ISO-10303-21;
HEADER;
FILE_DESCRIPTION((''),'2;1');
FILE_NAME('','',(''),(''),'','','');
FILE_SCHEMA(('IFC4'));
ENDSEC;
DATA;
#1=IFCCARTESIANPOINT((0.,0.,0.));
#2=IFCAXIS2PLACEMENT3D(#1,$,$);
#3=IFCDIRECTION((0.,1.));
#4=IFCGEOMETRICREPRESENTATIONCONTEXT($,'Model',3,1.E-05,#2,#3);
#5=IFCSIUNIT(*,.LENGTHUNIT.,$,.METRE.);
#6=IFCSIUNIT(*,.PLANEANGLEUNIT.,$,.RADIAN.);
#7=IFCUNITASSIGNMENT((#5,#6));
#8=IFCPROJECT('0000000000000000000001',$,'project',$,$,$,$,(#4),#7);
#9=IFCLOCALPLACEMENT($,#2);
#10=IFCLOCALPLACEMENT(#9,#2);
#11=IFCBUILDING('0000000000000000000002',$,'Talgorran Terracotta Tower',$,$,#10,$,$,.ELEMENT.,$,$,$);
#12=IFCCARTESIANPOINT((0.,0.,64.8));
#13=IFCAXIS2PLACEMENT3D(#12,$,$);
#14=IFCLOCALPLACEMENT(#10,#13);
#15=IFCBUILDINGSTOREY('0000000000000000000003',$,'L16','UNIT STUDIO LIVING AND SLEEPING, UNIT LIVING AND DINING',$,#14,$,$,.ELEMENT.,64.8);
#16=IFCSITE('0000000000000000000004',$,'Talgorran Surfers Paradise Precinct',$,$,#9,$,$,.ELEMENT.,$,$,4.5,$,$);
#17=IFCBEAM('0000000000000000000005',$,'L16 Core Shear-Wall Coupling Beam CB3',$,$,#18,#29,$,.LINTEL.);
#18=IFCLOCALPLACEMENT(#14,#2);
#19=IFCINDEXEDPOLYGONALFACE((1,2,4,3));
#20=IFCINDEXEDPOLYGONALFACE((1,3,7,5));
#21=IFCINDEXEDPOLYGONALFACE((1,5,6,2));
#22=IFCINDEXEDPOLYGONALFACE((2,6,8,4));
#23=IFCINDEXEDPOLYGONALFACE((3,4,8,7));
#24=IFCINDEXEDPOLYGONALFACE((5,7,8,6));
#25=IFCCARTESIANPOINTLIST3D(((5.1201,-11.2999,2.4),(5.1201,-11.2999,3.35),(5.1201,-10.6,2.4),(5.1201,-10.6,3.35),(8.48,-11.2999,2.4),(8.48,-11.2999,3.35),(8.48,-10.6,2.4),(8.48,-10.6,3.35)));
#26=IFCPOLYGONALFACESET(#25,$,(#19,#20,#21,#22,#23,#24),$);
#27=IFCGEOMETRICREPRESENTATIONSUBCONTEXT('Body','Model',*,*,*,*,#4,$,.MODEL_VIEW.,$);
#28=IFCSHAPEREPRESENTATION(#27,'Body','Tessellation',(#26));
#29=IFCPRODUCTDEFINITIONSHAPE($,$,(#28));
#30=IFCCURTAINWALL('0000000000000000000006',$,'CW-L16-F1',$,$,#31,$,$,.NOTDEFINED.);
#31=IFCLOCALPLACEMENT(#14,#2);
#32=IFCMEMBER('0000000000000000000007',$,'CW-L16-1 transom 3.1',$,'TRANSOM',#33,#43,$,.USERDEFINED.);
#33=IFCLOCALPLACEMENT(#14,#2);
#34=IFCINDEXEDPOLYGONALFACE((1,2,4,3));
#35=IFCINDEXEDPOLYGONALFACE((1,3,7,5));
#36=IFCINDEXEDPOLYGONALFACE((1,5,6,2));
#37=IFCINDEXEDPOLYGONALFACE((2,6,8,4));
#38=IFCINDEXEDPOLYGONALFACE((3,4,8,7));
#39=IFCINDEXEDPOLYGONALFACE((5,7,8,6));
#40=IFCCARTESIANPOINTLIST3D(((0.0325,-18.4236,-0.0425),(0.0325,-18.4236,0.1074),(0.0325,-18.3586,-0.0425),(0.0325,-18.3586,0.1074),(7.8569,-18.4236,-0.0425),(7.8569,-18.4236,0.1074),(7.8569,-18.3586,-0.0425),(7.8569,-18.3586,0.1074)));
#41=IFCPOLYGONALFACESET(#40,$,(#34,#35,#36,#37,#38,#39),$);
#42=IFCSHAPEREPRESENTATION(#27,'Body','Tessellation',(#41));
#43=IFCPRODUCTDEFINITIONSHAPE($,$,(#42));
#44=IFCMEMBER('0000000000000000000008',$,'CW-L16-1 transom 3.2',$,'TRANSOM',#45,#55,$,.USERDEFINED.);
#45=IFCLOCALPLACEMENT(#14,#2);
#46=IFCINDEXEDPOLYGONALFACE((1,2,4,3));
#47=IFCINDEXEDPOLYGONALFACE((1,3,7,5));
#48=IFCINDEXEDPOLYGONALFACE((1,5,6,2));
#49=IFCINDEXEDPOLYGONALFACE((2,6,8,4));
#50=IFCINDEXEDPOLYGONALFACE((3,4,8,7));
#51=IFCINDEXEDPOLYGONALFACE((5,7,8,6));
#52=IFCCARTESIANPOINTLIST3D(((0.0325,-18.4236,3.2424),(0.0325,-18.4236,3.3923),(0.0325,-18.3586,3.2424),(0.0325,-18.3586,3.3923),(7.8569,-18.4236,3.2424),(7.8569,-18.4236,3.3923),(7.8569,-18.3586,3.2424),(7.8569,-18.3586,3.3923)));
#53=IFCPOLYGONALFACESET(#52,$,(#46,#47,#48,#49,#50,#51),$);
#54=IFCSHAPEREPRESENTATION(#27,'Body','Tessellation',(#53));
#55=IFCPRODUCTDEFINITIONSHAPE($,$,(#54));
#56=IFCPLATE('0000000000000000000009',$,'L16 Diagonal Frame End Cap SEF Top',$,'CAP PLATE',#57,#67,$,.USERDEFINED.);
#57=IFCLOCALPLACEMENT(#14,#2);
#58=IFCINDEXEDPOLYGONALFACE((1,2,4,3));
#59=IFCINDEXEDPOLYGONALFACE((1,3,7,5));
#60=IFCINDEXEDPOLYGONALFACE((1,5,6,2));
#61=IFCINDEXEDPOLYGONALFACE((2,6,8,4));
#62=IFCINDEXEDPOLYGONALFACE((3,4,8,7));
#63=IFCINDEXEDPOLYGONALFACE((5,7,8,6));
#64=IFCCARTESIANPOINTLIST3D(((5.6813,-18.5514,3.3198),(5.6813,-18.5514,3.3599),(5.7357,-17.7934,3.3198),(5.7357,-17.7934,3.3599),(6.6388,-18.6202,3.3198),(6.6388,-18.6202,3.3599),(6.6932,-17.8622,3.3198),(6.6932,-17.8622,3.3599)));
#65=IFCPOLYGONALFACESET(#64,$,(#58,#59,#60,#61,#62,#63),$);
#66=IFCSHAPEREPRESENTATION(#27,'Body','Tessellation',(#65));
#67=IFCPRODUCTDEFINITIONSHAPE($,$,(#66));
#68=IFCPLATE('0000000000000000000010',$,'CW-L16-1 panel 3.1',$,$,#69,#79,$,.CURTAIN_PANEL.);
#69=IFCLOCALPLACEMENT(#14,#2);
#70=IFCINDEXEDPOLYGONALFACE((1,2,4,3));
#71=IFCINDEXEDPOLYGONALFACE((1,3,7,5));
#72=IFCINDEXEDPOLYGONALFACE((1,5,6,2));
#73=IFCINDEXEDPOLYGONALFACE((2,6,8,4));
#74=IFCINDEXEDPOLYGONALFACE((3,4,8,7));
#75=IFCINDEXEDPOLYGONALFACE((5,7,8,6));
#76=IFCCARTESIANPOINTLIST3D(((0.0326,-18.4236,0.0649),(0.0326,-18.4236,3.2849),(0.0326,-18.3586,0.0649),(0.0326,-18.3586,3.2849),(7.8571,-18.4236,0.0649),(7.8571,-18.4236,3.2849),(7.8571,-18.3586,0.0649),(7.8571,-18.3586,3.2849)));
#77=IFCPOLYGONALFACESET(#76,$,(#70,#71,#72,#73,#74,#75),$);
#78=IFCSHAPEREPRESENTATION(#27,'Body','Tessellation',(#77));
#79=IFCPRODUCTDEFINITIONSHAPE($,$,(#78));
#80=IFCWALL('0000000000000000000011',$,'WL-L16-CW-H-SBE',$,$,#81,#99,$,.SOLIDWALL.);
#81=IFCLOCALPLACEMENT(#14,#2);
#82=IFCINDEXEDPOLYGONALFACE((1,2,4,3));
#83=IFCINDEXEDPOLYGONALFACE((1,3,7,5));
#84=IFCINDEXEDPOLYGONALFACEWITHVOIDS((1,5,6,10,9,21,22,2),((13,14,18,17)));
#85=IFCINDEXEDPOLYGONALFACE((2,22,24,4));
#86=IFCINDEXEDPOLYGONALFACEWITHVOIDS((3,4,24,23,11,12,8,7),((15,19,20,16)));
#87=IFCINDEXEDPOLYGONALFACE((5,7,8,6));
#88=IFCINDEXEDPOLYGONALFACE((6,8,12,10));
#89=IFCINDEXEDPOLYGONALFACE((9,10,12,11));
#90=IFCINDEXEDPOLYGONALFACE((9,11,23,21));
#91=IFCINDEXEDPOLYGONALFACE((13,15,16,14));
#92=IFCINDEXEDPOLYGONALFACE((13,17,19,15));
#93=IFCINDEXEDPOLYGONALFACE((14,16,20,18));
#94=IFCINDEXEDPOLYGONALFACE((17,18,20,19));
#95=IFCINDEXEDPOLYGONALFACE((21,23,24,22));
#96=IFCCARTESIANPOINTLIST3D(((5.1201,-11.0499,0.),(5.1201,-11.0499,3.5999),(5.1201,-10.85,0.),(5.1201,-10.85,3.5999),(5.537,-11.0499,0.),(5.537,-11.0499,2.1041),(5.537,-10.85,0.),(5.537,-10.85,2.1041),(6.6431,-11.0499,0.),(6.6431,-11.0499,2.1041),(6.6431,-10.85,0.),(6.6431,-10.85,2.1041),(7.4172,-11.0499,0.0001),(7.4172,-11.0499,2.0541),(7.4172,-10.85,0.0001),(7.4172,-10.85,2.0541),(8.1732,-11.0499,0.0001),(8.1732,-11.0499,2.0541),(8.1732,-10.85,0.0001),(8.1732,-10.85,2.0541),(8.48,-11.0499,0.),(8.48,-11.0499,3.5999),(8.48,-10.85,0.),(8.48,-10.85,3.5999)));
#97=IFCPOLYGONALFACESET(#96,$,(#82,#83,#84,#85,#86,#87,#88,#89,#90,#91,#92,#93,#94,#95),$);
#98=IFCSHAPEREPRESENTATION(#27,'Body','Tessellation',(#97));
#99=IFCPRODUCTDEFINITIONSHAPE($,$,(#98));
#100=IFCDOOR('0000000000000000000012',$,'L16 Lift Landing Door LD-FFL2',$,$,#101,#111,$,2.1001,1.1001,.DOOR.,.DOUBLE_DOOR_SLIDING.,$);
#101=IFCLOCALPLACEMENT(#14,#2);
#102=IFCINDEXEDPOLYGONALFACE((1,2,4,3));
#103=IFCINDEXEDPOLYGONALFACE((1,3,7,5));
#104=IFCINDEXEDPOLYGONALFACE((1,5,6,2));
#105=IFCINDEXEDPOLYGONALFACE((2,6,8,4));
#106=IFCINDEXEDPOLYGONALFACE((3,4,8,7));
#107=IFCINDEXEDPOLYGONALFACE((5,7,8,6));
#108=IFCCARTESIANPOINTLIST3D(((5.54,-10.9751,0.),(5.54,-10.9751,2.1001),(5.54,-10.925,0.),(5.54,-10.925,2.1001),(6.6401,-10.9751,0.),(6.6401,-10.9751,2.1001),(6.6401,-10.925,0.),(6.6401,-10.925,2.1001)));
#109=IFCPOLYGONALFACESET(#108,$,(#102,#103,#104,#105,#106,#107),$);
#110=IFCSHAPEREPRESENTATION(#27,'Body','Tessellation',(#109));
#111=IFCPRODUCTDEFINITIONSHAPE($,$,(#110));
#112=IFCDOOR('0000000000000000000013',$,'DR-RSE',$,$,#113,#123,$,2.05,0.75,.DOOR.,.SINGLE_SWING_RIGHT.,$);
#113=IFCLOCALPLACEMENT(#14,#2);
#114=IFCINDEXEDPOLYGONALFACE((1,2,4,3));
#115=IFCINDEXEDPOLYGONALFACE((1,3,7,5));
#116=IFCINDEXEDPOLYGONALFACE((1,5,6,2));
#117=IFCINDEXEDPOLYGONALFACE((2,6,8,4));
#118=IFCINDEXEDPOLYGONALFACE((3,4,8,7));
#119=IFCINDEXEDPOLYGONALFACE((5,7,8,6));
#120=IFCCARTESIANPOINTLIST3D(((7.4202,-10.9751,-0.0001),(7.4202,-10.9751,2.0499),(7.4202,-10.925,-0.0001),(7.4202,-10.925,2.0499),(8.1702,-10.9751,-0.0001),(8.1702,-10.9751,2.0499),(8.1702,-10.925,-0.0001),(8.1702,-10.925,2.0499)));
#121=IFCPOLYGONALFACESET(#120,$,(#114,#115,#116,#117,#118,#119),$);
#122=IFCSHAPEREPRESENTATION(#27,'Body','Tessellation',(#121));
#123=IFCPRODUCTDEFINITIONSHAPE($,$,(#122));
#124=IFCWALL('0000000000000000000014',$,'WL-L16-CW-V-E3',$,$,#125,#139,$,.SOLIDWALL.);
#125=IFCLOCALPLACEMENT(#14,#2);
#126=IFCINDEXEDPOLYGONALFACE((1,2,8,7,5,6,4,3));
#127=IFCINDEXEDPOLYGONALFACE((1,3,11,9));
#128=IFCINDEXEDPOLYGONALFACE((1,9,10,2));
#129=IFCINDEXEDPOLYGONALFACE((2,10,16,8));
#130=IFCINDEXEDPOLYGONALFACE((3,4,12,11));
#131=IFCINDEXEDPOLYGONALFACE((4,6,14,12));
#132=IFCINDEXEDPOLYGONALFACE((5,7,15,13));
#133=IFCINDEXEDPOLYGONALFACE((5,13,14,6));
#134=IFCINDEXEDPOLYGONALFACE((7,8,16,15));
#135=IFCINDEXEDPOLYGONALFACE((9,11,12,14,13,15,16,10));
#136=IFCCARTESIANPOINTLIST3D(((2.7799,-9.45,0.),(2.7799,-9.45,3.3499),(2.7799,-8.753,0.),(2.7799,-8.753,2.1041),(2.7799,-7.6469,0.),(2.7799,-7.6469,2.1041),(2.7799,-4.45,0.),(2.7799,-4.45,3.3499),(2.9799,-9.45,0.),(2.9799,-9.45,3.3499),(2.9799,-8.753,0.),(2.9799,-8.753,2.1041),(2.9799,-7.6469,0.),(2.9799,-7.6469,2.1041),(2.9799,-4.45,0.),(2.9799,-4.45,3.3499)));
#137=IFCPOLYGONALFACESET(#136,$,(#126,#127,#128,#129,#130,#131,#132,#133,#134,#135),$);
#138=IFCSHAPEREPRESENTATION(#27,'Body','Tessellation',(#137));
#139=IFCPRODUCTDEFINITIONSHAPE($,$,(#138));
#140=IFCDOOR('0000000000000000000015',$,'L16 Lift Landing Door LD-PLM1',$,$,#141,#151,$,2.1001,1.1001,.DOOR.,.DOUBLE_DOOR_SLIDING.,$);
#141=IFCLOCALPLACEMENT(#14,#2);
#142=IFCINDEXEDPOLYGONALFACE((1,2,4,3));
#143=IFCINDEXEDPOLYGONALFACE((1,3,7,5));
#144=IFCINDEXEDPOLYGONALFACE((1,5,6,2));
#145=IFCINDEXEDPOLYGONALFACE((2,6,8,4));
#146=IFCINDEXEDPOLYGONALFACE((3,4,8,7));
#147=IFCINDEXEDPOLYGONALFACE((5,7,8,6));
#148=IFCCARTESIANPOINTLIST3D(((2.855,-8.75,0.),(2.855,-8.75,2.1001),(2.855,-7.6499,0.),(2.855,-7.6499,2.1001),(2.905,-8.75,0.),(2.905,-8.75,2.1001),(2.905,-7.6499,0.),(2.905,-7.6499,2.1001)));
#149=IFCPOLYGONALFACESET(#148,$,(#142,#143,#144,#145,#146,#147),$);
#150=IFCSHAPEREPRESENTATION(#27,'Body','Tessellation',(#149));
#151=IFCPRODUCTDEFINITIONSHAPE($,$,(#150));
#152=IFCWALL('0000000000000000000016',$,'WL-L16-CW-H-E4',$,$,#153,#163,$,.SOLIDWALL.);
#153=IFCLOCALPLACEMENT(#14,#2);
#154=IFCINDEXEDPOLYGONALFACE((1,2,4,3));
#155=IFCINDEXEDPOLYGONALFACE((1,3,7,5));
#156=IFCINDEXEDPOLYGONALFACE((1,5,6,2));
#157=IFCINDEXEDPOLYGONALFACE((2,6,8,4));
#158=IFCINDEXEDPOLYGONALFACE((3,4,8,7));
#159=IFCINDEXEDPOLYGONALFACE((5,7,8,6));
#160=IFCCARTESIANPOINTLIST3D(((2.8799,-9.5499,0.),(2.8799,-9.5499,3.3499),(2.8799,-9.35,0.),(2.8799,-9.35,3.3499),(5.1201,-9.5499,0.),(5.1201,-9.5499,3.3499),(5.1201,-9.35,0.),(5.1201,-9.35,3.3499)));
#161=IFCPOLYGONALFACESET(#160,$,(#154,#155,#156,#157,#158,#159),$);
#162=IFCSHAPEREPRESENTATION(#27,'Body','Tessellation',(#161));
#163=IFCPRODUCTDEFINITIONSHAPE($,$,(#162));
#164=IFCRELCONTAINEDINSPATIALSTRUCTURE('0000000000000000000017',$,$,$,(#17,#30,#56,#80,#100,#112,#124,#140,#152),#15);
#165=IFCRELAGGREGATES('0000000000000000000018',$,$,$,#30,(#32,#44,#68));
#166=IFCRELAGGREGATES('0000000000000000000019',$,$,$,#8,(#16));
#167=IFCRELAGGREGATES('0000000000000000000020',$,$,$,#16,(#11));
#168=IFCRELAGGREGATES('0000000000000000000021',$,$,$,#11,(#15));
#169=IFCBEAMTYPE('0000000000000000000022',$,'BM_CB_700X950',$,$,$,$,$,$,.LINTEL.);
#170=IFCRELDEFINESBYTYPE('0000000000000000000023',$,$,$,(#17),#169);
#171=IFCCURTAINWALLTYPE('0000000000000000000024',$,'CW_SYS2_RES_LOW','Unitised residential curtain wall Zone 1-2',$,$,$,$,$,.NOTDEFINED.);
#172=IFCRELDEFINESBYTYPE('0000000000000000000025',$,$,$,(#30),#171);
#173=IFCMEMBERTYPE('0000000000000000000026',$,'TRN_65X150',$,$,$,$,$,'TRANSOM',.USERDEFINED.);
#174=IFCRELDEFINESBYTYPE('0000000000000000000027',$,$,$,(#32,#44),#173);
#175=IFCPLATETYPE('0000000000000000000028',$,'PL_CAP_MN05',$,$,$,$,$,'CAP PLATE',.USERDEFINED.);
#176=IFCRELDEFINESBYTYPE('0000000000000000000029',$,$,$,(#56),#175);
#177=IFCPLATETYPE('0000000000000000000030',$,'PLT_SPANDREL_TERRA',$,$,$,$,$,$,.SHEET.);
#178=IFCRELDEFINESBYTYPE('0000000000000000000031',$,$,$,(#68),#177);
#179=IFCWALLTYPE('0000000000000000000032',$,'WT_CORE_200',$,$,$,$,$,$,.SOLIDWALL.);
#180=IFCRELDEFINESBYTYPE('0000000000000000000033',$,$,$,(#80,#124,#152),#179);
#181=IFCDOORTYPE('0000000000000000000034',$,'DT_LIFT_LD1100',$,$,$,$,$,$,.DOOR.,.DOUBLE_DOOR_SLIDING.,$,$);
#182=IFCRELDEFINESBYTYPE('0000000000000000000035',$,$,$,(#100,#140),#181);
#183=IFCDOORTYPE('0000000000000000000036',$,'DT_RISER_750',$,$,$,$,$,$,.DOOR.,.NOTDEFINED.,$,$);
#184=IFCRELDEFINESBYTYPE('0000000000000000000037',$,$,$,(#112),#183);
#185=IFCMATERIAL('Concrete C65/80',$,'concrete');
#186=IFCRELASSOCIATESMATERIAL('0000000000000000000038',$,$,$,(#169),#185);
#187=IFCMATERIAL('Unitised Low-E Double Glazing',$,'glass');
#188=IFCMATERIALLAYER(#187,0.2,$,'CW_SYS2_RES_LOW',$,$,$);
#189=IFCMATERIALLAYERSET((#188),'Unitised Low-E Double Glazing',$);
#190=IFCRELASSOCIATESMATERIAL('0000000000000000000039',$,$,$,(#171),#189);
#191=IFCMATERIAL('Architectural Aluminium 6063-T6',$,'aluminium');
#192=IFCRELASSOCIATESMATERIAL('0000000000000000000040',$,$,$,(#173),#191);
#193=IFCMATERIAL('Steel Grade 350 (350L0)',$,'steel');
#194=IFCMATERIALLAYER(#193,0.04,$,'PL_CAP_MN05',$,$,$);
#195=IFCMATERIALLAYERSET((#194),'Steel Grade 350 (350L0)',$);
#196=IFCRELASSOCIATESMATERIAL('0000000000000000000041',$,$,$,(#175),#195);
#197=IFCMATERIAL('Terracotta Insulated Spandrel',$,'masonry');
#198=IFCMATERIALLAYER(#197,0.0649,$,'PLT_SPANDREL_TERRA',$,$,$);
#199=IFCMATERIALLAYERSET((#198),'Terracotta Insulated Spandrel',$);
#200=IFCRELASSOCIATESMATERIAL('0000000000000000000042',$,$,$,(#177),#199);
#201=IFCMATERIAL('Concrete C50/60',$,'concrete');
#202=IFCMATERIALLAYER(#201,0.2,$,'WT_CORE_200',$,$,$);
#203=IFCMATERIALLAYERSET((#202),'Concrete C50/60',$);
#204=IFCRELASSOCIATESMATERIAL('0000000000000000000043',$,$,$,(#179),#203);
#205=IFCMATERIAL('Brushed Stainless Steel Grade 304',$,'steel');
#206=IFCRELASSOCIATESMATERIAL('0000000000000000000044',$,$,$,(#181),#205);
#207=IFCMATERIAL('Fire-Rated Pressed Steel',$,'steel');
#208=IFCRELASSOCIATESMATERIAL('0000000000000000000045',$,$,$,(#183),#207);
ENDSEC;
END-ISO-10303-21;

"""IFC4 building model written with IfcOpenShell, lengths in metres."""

from ifc_helpers import new_model, si_unit, direction, frame, frame_2d, origin, origin_2d, place, context, subcontext, project, spatial, rectangle, extrude, source, transform, mapped, material, layer, layer_set, material_profile, profile_set, type_object, type_shapes, element, fill, aggregate, save


model = new_model("IFC4")

# Units and contexts
model_context = context("Model", 3, precision=1e-05, world=origin(), true_north=direction((0.0, 1.0)))
body_context = subcontext(model_context, "Body", "Model", "MODEL_VIEW")
ifc_project = project(units=[si_unit("LENGTHUNIT", "METRE"), si_unit("PLANEANGLEUNIT", "RADIAN")], contexts=[model_context])

# Site, building, storey
site_placement = place(None, origin())
site = spatial("IfcSite", under=ifc_project, at=site_placement, Name="Talgorran Surfers Paradise Precinct", CompositionType="ELEMENT", RefElevation=4.5)
building_placement = place(site_placement, origin())
building = spatial("IfcBuilding", under=site, at=building_placement, Name="Talgorran Terracotta Tower", CompositionType="ELEMENT")
storey_placement = place(building_placement, frame((0.0, 0.0, 64.8)))
storey = spatial("IfcBuildingStorey", under=building, at=storey_placement, Name="L16", Description="UNIT STUDIO LIVING AND SLEEPING, UNIT LIVING AND DINING", CompositionType="ELEMENT", Elevation=64.8)

# Beam
ifc_material_1 = material(Name="Concrete C65/80", Category="concrete")
ifc_material_profile_1 = material_profile(ifc_material_1, rectangle(XDim=0.7, YDim=0.95, at=origin_2d()), Name="RCCB700X950")
ifc_profile_set_1 = profile_set([ifc_material_profile_1], Name="Concrete C65/80")
beam_type = type_object("IfcBeamType", Name="BM_CB_700X950", PredefinedType="LINTEL", material=ifc_profile_set_1)
beam_placement = place(storey_placement, frame((5.1201, -10.95, 2.875), z_axis=(1.0, 0.0, 0.0), x_axis=(0.0, 1.0, 0.0)))
element("IfcBeam", 1, at=beam_placement, inside=storey, type_object=beam_type, Name="L16 Core Shear-Wall Coupling Beam CB3", PredefinedType="LINTEL", context=body_context, shape_type="SweptSolid", body=[
    extrude(rectangle(XDim=0.7, YDim=0.95, at=origin_2d()), origin(), (0.0, 0.0, 1.0), 3.3599),
])

# Curtain wall, members
ifc_material_2 = material(Name="Unitised Low-E Double Glazing", Category="glass")
ifc_layer_1 = layer(ifc_material_2, 0.2, Name="CW_SYS2_RES_LOW")
ifc_layer_set_1 = layer_set([ifc_layer_1], Name="Unitised Low-E Double Glazing")
curtain_wall_type = type_object("IfcCurtainWallType", Name="CW_SYS2_RES_LOW", Description="Unitised residential curtain wall Zone 1-2", PredefinedType="NOTDEFINED", material=ifc_layer_set_1)
curtain_wall_placement = place(storey_placement, origin())
curtain_wall = element("IfcCurtainWall", 2, at=curtain_wall_placement, inside=storey, type_object=curtain_wall_type, Name="CW-L16-F1", PredefinedType="NOTDEFINED")
ifc_material_3 = material(Name="Architectural Aluminium 6063-T6", Category="aluminium")
ifc_material_profile_2 = material_profile(ifc_material_3, rectangle(XDim=0.0649, YDim=0.1499, at=origin_2d()), Name="CWT65X150")
ifc_profile_set_2 = profile_set([ifc_material_profile_2], Name="Architectural Aluminium 6063-T6")
member_type = type_object("IfcMemberType", Name="TRN_65X150", ElementType="TRANSOM", PredefinedType="USERDEFINED", material=ifc_profile_set_2)
member_1_placement = place(storey_placement, frame((0.0325, -18.3911, 0.0325), z_axis=(1.0, 0.0, 0.0), x_axis=(0.0, 1.0, 0.0)))
member_1 = element("IfcMember", 3, at=member_1_placement, type_object=member_type, Name="CW-L16-1 transom 3.1", ObjectType="TRANSOM", PredefinedType="USERDEFINED", context=body_context, shape_type="SweptSolid", body=[
    extrude(rectangle(XDim=0.0649, YDim=0.1499, at=origin_2d()), origin(), (0.0, 0.0, 1.0), 7.8245),
])
member_2_placement = place(storey_placement, frame((0.0325, -18.3911, 3.3174), z_axis=(1.0, 0.0, 0.0), x_axis=(0.0, 1.0, 0.0)))
member_2 = element("IfcMember", 4, at=member_2_placement, type_object=member_type, Name="CW-L16-1 transom 3.2", ObjectType="TRANSOM", PredefinedType="USERDEFINED", context=body_context, shape_type="SweptSolid", body=[
    extrude(rectangle(XDim=0.0649, YDim=0.1499, at=origin_2d()), origin(), (0.0, 0.0, 1.0), 7.8245),
])

# Plates
ifc_material_4 = material(Name="Steel Grade 350 (350L0)", Category="steel")
ifc_layer_2 = layer(ifc_material_4, 0.04, Name="PL_CAP_MN05")
ifc_layer_set_2 = layer_set([ifc_layer_2], Name="Steel Grade 350 (350L0)")
plate_type_1 = type_object("IfcPlateType", Name="PL_CAP_MN05", ElementType="CAP PLATE", PredefinedType="USERDEFINED", material=ifc_layer_set_2)
plate_1_placement = place(storey_placement, frame((6.1873, -18.2068, 3.3198), z_axis=(0.0, 0.0, 1.0), x_axis=(-0.997428, 0.071672, 0.0)))
element("IfcPlate", 5, at=plate_1_placement, inside=storey, type_object=plate_type_1, Name="L16 Diagonal Frame End Cap SEF Top", ObjectType="CAP PLATE", PredefinedType="USERDEFINED", context=body_context, shape_type="SweptSolid", body=[
    extrude(rectangle(XDim=0.96, YDim=0.76, at=origin_2d()), origin(), (0.0, 0.0, 1.0), 0.04),
])
ifc_material_5 = material(Name="Terracotta Insulated Spandrel", Category="masonry")
ifc_layer_3 = layer(ifc_material_5, 0.0649, Name="PLT_SPANDREL_TERRA")
ifc_layer_set_3 = layer_set([ifc_layer_3], Name="Terracotta Insulated Spandrel")
plate_type_2 = type_object("IfcPlateType", Name="PLT_SPANDREL_TERRA", PredefinedType="SHEET", material=ifc_layer_set_3)
shared_shape = source(origin(), body_context, "Body", "SweptSolid", [
    extrude(rectangle(XDim=7.8245, YDim=0.0649, at=origin_2d()), origin(), (0.0, 0.0, 1.0), 3.22),
])
type_shapes(plate_type_2, [shared_shape])
plate_2_placement = place(storey_placement, frame((3.9448, -18.3911, 0.0649), z_axis=(0.0, 0.0, 1.0), x_axis=(1.0, 0.0, 0.0)))
plate_2 = element("IfcPlate", 6, at=plate_2_placement, type_object=plate_type_2, Name="CW-L16-1 panel 3.1", PredefinedType="CURTAIN_PANEL", context=body_context, shape_type="MappedRepresentation", body=[
    mapped(shared_shape, transform((0.0, 0.0, 0.0), scale=1.0)),
])
aggregate(curtain_wall, [member_1, member_2, plate_2])

# Wall, openings, doors
ifc_material_6 = material(Name="Concrete C50/60", Category="concrete")
ifc_layer_4 = layer(ifc_material_6, 0.2, Name="WT_CORE_200")
ifc_layer_set_4 = layer_set([ifc_layer_4], Name="Concrete C50/60")
wall_type_1 = type_object("IfcWallType", Name="WT_CORE_200", PredefinedType="SOLIDWALL", material=ifc_layer_set_4)
wall_1_placement = place(storey_placement, frame((5.1201, -10.95, 0.0), z_axis=(0.0, 0.0, 1.0), x_axis=(1.0, 0.0, 0.0)))
wall_1 = element("IfcWall", 7, at=wall_1_placement, inside=storey, type_object=wall_type_1, Name="WL-L16-CW-H-SBE", PredefinedType="SOLIDWALL", context=body_context, shape_type="SweptSolid", body=[
    extrude(rectangle(XDim=3.3599, YDim=0.2, at=frame_2d((1.6799, 0.0))), origin(), (0.0, 0.0, 1.0), 3.5999),
])
opening_1_placement = place(wall_1_placement, frame((0.4199, 0.0, 0.0)))
opening_1 = element("IfcOpeningElement", 8, at=opening_1_placement, cuts=wall_1, PredefinedType="OPENING", context=body_context, shape_type="SweptSolid", body=[
    extrude(rectangle(XDim=1.1061, YDim=2.1041, at=frame_2d((0.55, 1.052))), frame((0.0, 0.1099, 0.0), z_axis=(0.0, -1.0, 0.0), x_axis=(1.0, 0.0, 0.0)), (0.0, 0.0, 1.0), 0.22),
])
opening_2_placement = place(wall_1_placement, frame((2.3, 0.0, 0.0)))
opening_2 = element("IfcOpeningElement", 9, at=opening_2_placement, cuts=wall_1, PredefinedType="OPENING", context=body_context, shape_type="SweptSolid", body=[
    extrude(rectangle(XDim=0.756, YDim=2.054, at=frame_2d((0.375, 1.0271))), frame((0.0, 0.1099, 0.0), z_axis=(0.0, -1.0, 0.0), x_axis=(1.0, 0.0, 0.0)), (0.0, 0.0, 1.0), 0.22),
])
ifc_material_7 = material(Name="Brushed Stainless Steel Grade 304", Category="steel")
door_type_1 = type_object("IfcDoorType", Name="DT_LIFT_LD1100", OperationType="DOUBLE_DOOR_SLIDING", PredefinedType="DOOR", material=ifc_material_7)
door_1_placement = place(opening_1_placement, origin())
door_1 = element("IfcDoor", 10, at=door_1_placement, inside=storey, type_object=door_type_1, Name="L16 Lift Landing Door LD-FFL2", OperationType="DOUBLE_DOOR_SLIDING", OverallHeight=2.1001, OverallWidth=1.1001, PredefinedType="DOOR", context=body_context, shape_type="SweptSolid", body=[
    extrude(rectangle(XDim=1.1001, YDim=2.1001, at=frame_2d((0.55, 1.05))), frame((0.0, 0.0249, 0.0), z_axis=(0.0, -1.0, 0.0), x_axis=(1.0, 0.0, 0.0)), (0.0, 0.0, 1.0), 0.05),
])
fill(opening_1, door_1)
ifc_material_8 = material(Name="Fire-Rated Pressed Steel", Category="steel")
door_type_2 = type_object("IfcDoorType", Name="DT_RISER_750", OperationType="NOTDEFINED", PredefinedType="DOOR", material=ifc_material_8)
door_2_placement = place(opening_2_placement, origin())
door_2 = element("IfcDoor", 11, at=door_2_placement, inside=storey, type_object=door_type_2, Name="DR-RSE", OperationType="SINGLE_SWING_RIGHT", OverallHeight=2.05, OverallWidth=0.75, PredefinedType="DOOR", context=body_context, shape_type="SweptSolid", body=[
    extrude(rectangle(XDim=0.75, YDim=2.05, at=frame_2d((0.375, 1.0249))), frame((0.0, 0.0249, 0.0), z_axis=(0.0, -1.0, 0.0), x_axis=(1.0, 0.0, 0.0)), (0.0, 0.0, 1.0), 0.05),
])
fill(opening_2, door_2)

# Wall, opening, door
wall_2_placement = place(storey_placement, frame((2.8799, -9.45, 0.0), z_axis=(0.0, 0.0, 1.0), x_axis=(0.0, 1.0, 0.0)))
wall_2 = element("IfcWall", 12, at=wall_2_placement, inside=storey, type_object=wall_type_1, Name="WL-L16-CW-V-E3", PredefinedType="SOLIDWALL", context=body_context, shape_type="SweptSolid", body=[
    extrude(rectangle(XDim=5.0, YDim=0.2, at=frame_2d((2.5, 0.0))), origin(), (0.0, 0.0, 1.0), 3.3499),
])
opening_3_placement = place(wall_2_placement, frame((0.7, 0.0, 0.0)))
opening_3 = element("IfcOpeningElement", 13, at=opening_3_placement, cuts=wall_2, PredefinedType="OPENING", context=body_context, shape_type="SweptSolid", body=[
    extrude(rectangle(XDim=1.1061, YDim=2.1041, at=frame_2d((0.55, 1.052))), frame((0.0, 0.1099, 0.0), z_axis=(0.0, -1.0, 0.0), x_axis=(1.0, 0.0, 0.0)), (0.0, 0.0, 1.0), 0.22),
])
door_3_placement = place(opening_3_placement, origin())
door_3 = element("IfcDoor", 14, at=door_3_placement, inside=storey, type_object=door_type_1, Name="L16 Lift Landing Door LD-PLM1", OperationType="DOUBLE_DOOR_SLIDING", OverallHeight=2.1001, OverallWidth=1.1001, PredefinedType="DOOR", context=body_context, shape_type="SweptSolid", body=[
    extrude(rectangle(XDim=1.1001, YDim=2.1001, at=frame_2d((0.55, 1.05))), frame((0.0, 0.0249, 0.0), z_axis=(0.0, -1.0, 0.0), x_axis=(1.0, 0.0, 0.0)), (0.0, 0.0, 1.0), 0.05),
])
fill(opening_3, door_3)

# Wall
wall_3_placement = place(storey_placement, frame((2.8799, -9.45, 0.0), z_axis=(0.0, 0.0, 1.0), x_axis=(1.0, 0.0, 0.0)))
element("IfcWall", 15, at=wall_3_placement, inside=storey, type_object=wall_type_1, Name="WL-L16-CW-H-E4", PredefinedType="SOLIDWALL", context=body_context, shape_type="SweptSolid", body=[
    extrude(rectangle(XDim=2.2402, YDim=0.2, at=frame_2d((1.1201, 0.0))), origin(), (0.0, 0.0, 1.0), 3.3499),
])

save(model, "model.ifc")
